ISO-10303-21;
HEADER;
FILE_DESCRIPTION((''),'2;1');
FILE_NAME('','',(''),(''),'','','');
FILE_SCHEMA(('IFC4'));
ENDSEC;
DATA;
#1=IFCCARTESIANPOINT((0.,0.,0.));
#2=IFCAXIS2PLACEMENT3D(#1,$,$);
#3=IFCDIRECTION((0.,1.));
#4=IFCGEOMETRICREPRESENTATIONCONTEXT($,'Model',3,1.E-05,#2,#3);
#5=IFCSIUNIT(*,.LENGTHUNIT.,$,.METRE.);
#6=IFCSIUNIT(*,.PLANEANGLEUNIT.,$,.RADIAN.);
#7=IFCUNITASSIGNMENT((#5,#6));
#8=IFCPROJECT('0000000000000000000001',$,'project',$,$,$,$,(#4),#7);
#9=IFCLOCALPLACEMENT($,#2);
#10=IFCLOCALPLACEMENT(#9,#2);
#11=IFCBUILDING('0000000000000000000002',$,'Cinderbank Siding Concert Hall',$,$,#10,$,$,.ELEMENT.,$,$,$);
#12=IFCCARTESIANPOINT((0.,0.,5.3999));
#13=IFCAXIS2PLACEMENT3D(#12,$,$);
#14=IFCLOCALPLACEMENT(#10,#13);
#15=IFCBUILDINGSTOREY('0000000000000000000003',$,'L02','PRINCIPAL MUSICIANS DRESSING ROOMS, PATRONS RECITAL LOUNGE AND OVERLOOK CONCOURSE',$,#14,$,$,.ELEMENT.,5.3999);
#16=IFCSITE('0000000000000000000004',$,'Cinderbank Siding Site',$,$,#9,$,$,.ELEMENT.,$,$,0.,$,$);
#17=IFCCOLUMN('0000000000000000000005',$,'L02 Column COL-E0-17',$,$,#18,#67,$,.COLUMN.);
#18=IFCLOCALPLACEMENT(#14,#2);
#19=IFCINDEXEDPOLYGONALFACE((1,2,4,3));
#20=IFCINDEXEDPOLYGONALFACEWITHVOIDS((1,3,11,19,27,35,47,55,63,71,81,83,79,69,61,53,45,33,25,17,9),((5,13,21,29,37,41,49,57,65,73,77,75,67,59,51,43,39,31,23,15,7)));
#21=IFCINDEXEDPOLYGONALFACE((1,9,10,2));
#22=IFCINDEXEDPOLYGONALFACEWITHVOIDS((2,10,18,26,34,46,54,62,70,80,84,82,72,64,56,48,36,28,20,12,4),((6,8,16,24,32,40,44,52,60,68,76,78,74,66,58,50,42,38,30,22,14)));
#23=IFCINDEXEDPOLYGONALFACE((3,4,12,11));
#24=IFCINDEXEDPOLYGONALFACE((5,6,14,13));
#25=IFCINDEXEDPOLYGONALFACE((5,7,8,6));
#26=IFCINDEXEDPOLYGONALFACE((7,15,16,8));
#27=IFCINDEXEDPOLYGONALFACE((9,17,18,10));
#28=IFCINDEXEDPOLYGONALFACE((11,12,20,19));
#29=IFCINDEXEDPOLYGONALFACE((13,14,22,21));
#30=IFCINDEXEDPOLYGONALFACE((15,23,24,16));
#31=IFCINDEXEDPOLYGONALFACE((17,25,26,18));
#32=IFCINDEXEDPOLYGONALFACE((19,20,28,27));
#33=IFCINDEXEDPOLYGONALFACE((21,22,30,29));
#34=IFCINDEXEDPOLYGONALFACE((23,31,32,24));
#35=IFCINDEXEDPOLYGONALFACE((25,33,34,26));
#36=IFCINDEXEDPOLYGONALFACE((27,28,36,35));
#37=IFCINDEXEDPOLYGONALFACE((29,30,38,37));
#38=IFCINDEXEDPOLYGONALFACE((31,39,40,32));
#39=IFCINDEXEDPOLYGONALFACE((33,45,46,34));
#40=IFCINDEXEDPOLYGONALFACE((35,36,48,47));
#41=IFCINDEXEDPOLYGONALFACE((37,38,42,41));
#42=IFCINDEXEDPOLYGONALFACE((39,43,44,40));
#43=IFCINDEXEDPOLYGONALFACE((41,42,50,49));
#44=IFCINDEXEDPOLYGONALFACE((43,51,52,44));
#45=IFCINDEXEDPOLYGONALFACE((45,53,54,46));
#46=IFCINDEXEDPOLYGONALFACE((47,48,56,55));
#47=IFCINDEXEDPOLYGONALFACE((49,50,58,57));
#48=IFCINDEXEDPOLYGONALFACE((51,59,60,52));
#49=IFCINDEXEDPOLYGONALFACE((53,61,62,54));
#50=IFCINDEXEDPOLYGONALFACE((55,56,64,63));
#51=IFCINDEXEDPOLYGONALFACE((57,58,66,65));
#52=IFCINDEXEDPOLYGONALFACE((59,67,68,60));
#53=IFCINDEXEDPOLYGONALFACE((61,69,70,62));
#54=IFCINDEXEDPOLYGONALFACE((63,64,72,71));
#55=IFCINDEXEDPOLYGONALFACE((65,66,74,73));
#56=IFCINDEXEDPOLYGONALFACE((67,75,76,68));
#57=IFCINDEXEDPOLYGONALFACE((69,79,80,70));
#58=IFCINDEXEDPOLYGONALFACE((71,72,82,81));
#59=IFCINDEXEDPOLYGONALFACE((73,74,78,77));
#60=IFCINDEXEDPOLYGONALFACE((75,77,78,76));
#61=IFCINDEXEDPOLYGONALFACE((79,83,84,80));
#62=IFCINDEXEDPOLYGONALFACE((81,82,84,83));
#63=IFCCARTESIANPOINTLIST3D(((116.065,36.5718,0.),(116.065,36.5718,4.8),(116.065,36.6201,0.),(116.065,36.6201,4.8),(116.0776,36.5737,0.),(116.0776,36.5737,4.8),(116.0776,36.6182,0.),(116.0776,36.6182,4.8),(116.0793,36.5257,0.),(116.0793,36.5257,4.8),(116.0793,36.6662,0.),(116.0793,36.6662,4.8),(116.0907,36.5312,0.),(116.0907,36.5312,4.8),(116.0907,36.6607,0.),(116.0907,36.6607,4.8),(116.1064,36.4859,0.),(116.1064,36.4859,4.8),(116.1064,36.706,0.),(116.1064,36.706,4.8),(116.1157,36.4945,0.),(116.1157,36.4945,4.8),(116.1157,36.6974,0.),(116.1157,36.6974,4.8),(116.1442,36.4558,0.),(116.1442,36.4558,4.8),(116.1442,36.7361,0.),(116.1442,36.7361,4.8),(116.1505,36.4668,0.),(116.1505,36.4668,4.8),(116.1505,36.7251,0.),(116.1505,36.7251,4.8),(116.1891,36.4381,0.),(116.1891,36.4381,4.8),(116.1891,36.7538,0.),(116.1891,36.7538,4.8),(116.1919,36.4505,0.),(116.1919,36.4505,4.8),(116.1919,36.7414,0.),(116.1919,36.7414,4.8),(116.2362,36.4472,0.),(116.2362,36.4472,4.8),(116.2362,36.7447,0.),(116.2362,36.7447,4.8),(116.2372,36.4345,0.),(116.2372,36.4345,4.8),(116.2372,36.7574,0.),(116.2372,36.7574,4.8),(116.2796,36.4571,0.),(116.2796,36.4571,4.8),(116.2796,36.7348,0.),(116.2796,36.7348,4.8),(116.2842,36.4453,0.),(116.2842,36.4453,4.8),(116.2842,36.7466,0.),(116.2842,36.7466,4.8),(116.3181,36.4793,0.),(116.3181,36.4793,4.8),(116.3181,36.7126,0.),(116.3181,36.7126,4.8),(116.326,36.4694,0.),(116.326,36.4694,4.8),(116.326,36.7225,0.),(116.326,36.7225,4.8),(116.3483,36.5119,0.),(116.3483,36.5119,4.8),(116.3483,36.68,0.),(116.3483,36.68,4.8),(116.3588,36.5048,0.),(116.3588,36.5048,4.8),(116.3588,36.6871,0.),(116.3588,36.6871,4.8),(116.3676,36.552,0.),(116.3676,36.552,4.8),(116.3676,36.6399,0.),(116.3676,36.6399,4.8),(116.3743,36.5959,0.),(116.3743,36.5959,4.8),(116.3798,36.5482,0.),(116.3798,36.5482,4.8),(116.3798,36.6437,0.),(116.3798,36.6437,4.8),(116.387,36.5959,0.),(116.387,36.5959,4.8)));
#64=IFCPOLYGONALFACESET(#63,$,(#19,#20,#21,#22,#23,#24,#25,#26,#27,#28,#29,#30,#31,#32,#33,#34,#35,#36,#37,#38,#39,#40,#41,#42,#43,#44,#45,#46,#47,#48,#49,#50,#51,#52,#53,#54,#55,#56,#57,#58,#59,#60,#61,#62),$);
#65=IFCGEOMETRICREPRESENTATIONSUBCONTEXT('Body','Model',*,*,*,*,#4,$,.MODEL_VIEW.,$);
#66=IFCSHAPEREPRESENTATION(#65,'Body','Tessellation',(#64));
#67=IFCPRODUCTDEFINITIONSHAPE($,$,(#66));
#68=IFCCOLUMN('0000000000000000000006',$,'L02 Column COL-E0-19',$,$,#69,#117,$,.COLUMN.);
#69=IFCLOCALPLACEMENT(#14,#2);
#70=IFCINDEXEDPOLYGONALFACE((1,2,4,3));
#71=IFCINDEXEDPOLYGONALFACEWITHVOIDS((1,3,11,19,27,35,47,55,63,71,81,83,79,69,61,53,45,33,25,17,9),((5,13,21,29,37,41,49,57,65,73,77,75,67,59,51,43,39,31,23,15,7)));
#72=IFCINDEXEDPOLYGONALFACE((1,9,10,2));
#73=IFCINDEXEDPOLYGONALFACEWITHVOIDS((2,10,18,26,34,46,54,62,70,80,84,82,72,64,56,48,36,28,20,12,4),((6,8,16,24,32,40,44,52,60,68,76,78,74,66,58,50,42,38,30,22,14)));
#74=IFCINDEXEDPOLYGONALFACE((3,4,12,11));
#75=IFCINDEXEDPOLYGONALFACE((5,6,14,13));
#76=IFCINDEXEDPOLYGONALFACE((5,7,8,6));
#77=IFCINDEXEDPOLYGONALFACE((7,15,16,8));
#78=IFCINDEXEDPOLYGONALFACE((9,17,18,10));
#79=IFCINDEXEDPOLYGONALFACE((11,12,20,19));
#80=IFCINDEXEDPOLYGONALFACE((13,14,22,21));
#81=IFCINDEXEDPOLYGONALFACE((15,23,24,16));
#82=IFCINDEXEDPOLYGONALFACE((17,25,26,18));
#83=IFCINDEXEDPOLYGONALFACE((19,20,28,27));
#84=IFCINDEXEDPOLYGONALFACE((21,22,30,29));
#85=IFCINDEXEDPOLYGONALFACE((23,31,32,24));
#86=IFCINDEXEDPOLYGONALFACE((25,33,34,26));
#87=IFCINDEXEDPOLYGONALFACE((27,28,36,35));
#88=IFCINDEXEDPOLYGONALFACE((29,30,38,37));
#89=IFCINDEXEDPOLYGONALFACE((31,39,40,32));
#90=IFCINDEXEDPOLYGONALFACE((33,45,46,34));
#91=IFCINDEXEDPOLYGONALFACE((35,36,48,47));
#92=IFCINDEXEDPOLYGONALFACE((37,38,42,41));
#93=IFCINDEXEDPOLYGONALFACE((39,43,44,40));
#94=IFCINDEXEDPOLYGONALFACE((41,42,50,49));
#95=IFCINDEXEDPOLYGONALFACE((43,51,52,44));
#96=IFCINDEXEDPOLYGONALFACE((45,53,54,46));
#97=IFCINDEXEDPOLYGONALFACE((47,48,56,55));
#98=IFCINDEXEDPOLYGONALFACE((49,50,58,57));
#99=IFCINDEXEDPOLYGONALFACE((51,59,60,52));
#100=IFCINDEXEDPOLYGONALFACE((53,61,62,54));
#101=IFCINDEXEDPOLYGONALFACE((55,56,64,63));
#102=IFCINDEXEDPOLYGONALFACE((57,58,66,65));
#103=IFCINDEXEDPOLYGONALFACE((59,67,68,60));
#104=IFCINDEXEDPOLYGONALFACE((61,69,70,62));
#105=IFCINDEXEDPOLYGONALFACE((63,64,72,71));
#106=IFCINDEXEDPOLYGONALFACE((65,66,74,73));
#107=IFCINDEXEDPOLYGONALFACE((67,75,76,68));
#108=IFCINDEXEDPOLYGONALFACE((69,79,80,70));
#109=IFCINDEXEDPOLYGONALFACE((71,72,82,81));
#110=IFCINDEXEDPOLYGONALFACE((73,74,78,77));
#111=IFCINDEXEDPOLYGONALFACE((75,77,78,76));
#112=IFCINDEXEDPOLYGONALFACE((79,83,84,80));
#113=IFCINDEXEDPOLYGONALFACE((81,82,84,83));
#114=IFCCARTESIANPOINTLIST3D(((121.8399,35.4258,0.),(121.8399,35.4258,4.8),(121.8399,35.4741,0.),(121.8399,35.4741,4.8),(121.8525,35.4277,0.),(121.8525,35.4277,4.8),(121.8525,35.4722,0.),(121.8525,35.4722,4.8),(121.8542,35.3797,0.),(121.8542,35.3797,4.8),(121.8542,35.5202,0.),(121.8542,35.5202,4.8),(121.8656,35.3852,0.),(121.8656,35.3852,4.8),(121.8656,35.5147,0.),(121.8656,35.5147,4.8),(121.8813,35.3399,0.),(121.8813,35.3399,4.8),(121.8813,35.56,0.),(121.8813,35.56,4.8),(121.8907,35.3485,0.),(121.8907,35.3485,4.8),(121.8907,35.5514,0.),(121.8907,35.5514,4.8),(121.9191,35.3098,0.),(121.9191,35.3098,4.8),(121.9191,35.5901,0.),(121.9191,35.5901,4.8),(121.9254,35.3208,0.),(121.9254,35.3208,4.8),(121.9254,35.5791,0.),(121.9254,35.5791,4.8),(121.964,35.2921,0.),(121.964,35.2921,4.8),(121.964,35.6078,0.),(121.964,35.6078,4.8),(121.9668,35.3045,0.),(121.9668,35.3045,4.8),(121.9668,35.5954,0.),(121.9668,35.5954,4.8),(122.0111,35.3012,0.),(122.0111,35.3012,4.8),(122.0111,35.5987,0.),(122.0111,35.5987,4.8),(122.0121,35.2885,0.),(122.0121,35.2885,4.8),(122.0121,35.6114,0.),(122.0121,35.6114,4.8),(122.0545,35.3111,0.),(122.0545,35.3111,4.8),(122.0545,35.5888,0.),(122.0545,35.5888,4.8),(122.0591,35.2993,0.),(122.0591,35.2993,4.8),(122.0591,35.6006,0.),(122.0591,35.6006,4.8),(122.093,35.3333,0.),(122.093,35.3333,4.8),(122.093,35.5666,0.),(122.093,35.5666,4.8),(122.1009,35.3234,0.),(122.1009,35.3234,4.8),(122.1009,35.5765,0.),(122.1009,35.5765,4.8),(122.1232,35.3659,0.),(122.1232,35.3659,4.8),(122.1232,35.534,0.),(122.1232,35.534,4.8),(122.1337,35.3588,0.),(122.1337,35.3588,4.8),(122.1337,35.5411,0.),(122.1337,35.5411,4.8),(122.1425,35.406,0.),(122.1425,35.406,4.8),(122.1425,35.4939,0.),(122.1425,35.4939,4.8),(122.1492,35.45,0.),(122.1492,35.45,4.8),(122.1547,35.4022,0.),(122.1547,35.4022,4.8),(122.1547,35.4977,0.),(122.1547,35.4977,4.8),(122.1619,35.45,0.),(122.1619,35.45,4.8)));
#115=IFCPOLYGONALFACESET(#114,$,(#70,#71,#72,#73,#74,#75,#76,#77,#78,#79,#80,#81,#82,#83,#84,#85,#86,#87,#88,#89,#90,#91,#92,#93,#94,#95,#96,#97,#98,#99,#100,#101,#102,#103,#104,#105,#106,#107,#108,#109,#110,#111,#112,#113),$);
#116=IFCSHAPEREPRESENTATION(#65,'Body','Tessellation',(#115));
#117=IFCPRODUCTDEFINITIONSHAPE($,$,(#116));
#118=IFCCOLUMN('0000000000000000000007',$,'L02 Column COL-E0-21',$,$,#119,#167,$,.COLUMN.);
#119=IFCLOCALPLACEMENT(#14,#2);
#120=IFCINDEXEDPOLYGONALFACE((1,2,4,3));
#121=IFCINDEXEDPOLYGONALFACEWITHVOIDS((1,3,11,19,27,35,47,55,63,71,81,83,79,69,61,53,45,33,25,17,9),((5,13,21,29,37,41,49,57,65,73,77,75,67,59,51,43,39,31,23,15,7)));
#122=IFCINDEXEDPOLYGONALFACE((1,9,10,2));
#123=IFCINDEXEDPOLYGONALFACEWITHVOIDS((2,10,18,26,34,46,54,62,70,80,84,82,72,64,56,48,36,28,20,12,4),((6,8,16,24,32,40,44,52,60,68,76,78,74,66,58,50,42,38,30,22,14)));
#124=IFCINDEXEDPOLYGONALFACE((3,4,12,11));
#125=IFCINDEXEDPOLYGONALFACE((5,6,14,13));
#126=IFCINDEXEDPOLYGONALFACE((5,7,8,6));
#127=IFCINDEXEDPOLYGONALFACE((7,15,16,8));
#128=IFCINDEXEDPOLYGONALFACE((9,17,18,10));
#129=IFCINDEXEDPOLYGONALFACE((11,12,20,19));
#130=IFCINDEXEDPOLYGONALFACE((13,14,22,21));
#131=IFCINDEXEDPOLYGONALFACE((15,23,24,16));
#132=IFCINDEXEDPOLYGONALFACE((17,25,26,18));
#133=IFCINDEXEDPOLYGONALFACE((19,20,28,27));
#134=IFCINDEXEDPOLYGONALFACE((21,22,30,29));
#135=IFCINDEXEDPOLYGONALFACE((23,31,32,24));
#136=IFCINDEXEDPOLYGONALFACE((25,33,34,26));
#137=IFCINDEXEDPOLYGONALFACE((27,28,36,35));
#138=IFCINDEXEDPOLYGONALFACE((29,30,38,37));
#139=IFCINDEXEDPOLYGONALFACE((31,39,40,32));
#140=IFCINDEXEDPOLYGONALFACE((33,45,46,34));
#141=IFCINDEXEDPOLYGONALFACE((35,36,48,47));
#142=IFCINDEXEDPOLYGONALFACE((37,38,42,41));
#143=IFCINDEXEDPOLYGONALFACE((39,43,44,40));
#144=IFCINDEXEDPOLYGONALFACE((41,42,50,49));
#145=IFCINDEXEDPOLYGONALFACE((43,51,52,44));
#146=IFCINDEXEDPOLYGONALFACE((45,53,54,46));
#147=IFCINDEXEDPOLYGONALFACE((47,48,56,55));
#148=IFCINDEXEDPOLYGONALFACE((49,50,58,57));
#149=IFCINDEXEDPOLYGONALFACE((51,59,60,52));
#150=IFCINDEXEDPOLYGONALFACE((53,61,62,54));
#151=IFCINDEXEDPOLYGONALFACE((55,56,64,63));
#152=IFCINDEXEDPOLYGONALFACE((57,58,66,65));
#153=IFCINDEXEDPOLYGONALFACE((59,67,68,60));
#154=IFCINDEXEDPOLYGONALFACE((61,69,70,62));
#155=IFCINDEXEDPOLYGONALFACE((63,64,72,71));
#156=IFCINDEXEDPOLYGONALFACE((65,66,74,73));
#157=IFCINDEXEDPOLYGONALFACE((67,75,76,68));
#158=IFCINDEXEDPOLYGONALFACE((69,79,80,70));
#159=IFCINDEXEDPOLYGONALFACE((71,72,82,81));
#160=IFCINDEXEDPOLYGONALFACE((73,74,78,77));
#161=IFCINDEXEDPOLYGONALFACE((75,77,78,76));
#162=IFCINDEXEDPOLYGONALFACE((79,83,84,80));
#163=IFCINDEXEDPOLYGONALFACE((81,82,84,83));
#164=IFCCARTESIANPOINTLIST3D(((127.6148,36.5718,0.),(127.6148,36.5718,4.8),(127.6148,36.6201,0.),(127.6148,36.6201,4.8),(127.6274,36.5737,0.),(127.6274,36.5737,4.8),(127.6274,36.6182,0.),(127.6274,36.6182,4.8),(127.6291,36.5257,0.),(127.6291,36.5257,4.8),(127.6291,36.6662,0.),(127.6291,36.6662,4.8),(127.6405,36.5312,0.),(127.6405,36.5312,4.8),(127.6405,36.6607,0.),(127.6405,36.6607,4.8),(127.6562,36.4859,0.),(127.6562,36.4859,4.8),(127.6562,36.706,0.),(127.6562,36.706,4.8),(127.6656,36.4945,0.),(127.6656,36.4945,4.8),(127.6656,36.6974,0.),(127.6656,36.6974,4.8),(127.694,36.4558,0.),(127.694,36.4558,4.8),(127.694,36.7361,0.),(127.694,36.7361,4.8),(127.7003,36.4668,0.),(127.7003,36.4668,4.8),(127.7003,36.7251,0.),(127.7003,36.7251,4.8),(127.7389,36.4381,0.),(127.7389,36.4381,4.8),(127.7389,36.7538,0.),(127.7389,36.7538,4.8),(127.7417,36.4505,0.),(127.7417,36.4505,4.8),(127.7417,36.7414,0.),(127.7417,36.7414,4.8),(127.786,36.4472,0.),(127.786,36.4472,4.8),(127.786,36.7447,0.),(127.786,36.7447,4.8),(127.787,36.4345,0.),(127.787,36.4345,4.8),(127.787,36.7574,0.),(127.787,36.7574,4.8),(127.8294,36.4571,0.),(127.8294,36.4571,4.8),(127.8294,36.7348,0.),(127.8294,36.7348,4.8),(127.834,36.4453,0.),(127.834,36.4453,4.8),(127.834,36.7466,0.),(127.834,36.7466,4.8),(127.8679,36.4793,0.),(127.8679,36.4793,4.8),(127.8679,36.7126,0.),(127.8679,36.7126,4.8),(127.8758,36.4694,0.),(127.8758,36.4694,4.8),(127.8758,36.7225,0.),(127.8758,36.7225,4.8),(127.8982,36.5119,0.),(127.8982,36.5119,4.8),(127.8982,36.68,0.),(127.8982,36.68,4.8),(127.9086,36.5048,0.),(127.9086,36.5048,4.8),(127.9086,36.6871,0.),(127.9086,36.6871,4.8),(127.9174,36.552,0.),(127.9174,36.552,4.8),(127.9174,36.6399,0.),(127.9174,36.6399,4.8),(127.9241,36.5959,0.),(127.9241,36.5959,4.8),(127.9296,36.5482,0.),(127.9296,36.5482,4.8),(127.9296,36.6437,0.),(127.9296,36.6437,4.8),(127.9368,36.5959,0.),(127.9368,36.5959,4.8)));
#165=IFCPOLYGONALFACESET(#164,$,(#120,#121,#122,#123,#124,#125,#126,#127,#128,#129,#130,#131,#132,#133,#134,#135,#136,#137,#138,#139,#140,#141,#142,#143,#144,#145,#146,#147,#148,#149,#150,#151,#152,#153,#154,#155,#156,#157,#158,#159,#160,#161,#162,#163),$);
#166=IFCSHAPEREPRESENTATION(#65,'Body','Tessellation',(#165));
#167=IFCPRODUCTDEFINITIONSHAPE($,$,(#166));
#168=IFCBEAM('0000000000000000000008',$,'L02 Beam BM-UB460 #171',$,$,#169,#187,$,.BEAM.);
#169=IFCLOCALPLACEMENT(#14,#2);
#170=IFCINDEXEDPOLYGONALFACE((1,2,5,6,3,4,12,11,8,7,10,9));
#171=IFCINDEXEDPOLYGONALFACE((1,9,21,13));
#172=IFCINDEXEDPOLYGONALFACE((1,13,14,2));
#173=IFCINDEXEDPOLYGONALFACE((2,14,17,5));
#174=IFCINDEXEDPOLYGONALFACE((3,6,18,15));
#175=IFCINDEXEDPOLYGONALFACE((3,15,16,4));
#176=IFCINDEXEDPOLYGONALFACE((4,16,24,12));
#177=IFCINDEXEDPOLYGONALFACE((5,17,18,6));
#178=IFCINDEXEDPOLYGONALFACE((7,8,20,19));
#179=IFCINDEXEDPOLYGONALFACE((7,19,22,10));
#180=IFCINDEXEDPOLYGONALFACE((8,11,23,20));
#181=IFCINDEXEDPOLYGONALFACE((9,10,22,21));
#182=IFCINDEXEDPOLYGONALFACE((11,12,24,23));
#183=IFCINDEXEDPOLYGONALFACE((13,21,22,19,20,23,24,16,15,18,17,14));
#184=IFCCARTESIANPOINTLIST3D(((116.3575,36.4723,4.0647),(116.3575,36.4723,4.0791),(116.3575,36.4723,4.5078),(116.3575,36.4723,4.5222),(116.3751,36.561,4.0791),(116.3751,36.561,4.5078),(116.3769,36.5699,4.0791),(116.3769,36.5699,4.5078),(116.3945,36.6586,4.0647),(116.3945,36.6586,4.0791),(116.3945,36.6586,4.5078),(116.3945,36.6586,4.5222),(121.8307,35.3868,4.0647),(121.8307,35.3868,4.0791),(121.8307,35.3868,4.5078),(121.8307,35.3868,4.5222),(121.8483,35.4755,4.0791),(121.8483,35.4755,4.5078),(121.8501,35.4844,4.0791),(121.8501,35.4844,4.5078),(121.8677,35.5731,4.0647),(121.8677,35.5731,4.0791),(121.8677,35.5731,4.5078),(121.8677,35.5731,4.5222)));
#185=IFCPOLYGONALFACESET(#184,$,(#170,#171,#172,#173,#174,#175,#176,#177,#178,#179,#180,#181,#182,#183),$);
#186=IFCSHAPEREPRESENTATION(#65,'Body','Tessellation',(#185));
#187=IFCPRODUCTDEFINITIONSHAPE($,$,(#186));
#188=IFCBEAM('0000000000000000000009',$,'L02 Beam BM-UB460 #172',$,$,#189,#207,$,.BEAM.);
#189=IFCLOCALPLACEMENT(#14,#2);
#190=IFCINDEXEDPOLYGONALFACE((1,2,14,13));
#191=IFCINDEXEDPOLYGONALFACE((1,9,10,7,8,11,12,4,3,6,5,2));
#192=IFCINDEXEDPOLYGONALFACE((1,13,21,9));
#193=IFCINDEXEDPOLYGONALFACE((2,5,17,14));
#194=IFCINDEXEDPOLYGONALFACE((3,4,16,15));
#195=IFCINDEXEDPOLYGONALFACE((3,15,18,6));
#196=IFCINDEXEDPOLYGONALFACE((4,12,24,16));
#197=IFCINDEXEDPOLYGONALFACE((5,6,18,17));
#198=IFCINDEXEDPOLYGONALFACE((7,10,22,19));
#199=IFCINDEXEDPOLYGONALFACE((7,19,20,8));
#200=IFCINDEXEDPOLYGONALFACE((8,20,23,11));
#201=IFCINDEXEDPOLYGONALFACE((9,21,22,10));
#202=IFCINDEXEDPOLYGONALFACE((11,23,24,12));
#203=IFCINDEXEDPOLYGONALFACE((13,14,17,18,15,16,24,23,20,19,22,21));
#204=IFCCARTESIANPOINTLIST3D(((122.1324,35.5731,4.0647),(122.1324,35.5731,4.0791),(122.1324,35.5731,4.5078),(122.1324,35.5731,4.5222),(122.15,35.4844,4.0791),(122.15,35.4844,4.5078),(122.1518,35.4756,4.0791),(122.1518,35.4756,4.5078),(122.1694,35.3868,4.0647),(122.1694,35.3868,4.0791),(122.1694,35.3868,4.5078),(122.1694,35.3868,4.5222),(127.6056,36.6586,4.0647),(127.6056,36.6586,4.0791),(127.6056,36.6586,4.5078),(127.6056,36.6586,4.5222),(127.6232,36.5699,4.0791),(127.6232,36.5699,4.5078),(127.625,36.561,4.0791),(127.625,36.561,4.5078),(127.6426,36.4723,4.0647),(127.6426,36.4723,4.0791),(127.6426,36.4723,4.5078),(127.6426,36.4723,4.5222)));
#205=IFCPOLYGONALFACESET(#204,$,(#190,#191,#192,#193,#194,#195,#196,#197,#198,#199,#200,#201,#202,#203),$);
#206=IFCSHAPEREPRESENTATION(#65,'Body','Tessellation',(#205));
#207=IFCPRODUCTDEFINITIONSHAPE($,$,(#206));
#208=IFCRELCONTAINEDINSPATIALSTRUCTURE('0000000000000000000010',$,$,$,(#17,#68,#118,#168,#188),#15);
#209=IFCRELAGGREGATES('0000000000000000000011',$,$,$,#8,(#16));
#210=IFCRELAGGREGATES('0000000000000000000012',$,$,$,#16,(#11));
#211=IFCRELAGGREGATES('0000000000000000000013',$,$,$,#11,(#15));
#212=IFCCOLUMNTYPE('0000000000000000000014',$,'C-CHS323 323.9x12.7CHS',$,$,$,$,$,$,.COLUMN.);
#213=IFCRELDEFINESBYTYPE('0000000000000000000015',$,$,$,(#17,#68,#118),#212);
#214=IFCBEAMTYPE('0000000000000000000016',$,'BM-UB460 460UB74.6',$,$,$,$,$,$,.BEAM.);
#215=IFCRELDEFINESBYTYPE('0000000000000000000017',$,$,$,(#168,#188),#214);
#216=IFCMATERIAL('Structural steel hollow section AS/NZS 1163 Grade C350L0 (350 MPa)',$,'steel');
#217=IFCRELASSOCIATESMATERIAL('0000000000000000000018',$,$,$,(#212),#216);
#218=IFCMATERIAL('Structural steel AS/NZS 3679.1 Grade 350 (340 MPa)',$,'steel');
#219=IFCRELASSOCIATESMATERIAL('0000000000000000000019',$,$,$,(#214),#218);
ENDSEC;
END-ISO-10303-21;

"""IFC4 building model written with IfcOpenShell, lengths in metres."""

from ifc_helpers import new_model, si_unit, direction, frame, origin, origin_2d, place, context, subcontext, project, spatial, hollow_circle, i_section, extrude, material, material_profile, profile_set, type_object, element, save


model = new_model("IFC4")

# Units and contexts
model_context = context("Model", 3, precision=1e-05, world=origin(), true_north=direction((0.0, 1.0)))
body_context = subcontext(model_context, "Body", "Model", "MODEL_VIEW")
ifc_project = project(units=[si_unit("LENGTHUNIT", "METRE"), si_unit("PLANEANGLEUNIT", "RADIAN")], contexts=[model_context])

# Site, building, storey
site_placement = place(None, origin())
site = spatial("IfcSite", under=ifc_project, at=site_placement, Name="Cinderbank Siding Site", CompositionType="ELEMENT", RefElevation=0.0)
building_placement = place(site_placement, origin())
building = spatial("IfcBuilding", under=site, at=building_placement, Name="Cinderbank Siding Concert Hall", CompositionType="ELEMENT")
storey_placement = place(building_placement, frame((0.0, 0.0, 5.3999)))
storey = spatial("IfcBuildingStorey", under=building, at=storey_placement, Name="L02", Description="PRINCIPAL MUSICIANS DRESSING ROOMS, PATRONS RECITAL LOUNGE AND OVERLOOK CONCOURSE", CompositionType="ELEMENT", Elevation=5.3999)

# Columns
ifc_material_1 = material(Name="Structural steel hollow section AS/NZS 1163 Grade C350L0 (350 MPa)", Category="steel")
ifc_material_profile_1 = material_profile(ifc_material_1, hollow_circle(Radius=0.1619, WallThickness=0.0127, at=origin_2d()), Name="323.9x12.7CHS", Category="LoadBearing")
ifc_profile_set_1 = profile_set([ifc_material_profile_1], Name="Structural steel hollow section AS/NZS 1163 Grade C350L0 (350 MPa)")
column_type = type_object("IfcColumnType", Name="C-CHS323 323.9x12.7CHS", PredefinedType="COLUMN", material=ifc_profile_set_1)
for number, where, z_axis, x_axis, name in (
    (1, (116.2251, 36.5959, 0.0), (0.0, 0.0, 1.0), (1.0, 0.0, 0.0), "L02 Column COL-E0-17"),
    (2, (122.0, 35.45, 0.0), (0.0, 0.0, 1.0), (1.0, 0.0, 0.0), "L02 Column COL-E0-19"),
    (3, (127.7749, 36.5959, 0.0), (0.0, 0.0, 1.0), (1.0, 0.0, 0.0), "L02 Column COL-E0-21"),
):
    element("IfcColumn", number, at=place(storey_placement, frame(where, z_axis=z_axis, x_axis=x_axis)), inside=storey, type_object=column_type, Name=name, PredefinedType="COLUMN", context=body_context, shape_type="SweptSolid", body=[
        extrude(hollow_circle(Radius=0.1619, WallThickness=0.0127, at=origin_2d()), origin(), (0.0, 0.0, 1.0), 4.8),
    ])

# Beams
ifc_material_2 = material(Name="Structural steel AS/NZS 3679.1 Grade 350 (340 MPa)", Category="steel")
ifc_material_profile_2 = material_profile(ifc_material_2, i_section(OverallWidth=0.1899, OverallDepth=0.4575, WebThickness=0.009, FlangeThickness=0.0144, at=origin_2d()), Name="460UB74.6", Category="LoadBearing")
ifc_profile_set_2 = profile_set([ifc_material_profile_2], Name="Structural steel AS/NZS 3679.1 Grade 350 (340 MPa)")
beam_type_1 = type_object("IfcBeamType", Name="BM-UB460 460UB74.6", PredefinedType="BEAM", material=ifc_profile_set_2)
for number, where, z_axis, x_axis, name in (
    (4, (116.376, 36.5654, 4.2935), (0.980896, -0.194534, 0.0), (0.194534, 0.980896, 0.0), "L02 Beam BM-UB460 #171"),
    (5, (122.1509, 35.48, 4.2935), (0.980896, 0.194534, 0.0), (-0.194534, 0.980896, 0.0), "L02 Beam BM-UB460 #172"),
):
    element("IfcBeam", number, at=place(storey_placement, frame(where, z_axis=z_axis, x_axis=x_axis)), inside=storey, type_object=beam_type_1, Name=name, PredefinedType="BEAM", context=body_context, shape_type="SweptSolid", body=[
        extrude(i_section(OverallWidth=0.1899, OverallDepth=0.4575, WebThickness=0.009, FlangeThickness=0.0144, at=origin_2d()), origin(), (0.0, 0.0, 1.0), 5.5798),
    ])

save(model, "model.ifc")
